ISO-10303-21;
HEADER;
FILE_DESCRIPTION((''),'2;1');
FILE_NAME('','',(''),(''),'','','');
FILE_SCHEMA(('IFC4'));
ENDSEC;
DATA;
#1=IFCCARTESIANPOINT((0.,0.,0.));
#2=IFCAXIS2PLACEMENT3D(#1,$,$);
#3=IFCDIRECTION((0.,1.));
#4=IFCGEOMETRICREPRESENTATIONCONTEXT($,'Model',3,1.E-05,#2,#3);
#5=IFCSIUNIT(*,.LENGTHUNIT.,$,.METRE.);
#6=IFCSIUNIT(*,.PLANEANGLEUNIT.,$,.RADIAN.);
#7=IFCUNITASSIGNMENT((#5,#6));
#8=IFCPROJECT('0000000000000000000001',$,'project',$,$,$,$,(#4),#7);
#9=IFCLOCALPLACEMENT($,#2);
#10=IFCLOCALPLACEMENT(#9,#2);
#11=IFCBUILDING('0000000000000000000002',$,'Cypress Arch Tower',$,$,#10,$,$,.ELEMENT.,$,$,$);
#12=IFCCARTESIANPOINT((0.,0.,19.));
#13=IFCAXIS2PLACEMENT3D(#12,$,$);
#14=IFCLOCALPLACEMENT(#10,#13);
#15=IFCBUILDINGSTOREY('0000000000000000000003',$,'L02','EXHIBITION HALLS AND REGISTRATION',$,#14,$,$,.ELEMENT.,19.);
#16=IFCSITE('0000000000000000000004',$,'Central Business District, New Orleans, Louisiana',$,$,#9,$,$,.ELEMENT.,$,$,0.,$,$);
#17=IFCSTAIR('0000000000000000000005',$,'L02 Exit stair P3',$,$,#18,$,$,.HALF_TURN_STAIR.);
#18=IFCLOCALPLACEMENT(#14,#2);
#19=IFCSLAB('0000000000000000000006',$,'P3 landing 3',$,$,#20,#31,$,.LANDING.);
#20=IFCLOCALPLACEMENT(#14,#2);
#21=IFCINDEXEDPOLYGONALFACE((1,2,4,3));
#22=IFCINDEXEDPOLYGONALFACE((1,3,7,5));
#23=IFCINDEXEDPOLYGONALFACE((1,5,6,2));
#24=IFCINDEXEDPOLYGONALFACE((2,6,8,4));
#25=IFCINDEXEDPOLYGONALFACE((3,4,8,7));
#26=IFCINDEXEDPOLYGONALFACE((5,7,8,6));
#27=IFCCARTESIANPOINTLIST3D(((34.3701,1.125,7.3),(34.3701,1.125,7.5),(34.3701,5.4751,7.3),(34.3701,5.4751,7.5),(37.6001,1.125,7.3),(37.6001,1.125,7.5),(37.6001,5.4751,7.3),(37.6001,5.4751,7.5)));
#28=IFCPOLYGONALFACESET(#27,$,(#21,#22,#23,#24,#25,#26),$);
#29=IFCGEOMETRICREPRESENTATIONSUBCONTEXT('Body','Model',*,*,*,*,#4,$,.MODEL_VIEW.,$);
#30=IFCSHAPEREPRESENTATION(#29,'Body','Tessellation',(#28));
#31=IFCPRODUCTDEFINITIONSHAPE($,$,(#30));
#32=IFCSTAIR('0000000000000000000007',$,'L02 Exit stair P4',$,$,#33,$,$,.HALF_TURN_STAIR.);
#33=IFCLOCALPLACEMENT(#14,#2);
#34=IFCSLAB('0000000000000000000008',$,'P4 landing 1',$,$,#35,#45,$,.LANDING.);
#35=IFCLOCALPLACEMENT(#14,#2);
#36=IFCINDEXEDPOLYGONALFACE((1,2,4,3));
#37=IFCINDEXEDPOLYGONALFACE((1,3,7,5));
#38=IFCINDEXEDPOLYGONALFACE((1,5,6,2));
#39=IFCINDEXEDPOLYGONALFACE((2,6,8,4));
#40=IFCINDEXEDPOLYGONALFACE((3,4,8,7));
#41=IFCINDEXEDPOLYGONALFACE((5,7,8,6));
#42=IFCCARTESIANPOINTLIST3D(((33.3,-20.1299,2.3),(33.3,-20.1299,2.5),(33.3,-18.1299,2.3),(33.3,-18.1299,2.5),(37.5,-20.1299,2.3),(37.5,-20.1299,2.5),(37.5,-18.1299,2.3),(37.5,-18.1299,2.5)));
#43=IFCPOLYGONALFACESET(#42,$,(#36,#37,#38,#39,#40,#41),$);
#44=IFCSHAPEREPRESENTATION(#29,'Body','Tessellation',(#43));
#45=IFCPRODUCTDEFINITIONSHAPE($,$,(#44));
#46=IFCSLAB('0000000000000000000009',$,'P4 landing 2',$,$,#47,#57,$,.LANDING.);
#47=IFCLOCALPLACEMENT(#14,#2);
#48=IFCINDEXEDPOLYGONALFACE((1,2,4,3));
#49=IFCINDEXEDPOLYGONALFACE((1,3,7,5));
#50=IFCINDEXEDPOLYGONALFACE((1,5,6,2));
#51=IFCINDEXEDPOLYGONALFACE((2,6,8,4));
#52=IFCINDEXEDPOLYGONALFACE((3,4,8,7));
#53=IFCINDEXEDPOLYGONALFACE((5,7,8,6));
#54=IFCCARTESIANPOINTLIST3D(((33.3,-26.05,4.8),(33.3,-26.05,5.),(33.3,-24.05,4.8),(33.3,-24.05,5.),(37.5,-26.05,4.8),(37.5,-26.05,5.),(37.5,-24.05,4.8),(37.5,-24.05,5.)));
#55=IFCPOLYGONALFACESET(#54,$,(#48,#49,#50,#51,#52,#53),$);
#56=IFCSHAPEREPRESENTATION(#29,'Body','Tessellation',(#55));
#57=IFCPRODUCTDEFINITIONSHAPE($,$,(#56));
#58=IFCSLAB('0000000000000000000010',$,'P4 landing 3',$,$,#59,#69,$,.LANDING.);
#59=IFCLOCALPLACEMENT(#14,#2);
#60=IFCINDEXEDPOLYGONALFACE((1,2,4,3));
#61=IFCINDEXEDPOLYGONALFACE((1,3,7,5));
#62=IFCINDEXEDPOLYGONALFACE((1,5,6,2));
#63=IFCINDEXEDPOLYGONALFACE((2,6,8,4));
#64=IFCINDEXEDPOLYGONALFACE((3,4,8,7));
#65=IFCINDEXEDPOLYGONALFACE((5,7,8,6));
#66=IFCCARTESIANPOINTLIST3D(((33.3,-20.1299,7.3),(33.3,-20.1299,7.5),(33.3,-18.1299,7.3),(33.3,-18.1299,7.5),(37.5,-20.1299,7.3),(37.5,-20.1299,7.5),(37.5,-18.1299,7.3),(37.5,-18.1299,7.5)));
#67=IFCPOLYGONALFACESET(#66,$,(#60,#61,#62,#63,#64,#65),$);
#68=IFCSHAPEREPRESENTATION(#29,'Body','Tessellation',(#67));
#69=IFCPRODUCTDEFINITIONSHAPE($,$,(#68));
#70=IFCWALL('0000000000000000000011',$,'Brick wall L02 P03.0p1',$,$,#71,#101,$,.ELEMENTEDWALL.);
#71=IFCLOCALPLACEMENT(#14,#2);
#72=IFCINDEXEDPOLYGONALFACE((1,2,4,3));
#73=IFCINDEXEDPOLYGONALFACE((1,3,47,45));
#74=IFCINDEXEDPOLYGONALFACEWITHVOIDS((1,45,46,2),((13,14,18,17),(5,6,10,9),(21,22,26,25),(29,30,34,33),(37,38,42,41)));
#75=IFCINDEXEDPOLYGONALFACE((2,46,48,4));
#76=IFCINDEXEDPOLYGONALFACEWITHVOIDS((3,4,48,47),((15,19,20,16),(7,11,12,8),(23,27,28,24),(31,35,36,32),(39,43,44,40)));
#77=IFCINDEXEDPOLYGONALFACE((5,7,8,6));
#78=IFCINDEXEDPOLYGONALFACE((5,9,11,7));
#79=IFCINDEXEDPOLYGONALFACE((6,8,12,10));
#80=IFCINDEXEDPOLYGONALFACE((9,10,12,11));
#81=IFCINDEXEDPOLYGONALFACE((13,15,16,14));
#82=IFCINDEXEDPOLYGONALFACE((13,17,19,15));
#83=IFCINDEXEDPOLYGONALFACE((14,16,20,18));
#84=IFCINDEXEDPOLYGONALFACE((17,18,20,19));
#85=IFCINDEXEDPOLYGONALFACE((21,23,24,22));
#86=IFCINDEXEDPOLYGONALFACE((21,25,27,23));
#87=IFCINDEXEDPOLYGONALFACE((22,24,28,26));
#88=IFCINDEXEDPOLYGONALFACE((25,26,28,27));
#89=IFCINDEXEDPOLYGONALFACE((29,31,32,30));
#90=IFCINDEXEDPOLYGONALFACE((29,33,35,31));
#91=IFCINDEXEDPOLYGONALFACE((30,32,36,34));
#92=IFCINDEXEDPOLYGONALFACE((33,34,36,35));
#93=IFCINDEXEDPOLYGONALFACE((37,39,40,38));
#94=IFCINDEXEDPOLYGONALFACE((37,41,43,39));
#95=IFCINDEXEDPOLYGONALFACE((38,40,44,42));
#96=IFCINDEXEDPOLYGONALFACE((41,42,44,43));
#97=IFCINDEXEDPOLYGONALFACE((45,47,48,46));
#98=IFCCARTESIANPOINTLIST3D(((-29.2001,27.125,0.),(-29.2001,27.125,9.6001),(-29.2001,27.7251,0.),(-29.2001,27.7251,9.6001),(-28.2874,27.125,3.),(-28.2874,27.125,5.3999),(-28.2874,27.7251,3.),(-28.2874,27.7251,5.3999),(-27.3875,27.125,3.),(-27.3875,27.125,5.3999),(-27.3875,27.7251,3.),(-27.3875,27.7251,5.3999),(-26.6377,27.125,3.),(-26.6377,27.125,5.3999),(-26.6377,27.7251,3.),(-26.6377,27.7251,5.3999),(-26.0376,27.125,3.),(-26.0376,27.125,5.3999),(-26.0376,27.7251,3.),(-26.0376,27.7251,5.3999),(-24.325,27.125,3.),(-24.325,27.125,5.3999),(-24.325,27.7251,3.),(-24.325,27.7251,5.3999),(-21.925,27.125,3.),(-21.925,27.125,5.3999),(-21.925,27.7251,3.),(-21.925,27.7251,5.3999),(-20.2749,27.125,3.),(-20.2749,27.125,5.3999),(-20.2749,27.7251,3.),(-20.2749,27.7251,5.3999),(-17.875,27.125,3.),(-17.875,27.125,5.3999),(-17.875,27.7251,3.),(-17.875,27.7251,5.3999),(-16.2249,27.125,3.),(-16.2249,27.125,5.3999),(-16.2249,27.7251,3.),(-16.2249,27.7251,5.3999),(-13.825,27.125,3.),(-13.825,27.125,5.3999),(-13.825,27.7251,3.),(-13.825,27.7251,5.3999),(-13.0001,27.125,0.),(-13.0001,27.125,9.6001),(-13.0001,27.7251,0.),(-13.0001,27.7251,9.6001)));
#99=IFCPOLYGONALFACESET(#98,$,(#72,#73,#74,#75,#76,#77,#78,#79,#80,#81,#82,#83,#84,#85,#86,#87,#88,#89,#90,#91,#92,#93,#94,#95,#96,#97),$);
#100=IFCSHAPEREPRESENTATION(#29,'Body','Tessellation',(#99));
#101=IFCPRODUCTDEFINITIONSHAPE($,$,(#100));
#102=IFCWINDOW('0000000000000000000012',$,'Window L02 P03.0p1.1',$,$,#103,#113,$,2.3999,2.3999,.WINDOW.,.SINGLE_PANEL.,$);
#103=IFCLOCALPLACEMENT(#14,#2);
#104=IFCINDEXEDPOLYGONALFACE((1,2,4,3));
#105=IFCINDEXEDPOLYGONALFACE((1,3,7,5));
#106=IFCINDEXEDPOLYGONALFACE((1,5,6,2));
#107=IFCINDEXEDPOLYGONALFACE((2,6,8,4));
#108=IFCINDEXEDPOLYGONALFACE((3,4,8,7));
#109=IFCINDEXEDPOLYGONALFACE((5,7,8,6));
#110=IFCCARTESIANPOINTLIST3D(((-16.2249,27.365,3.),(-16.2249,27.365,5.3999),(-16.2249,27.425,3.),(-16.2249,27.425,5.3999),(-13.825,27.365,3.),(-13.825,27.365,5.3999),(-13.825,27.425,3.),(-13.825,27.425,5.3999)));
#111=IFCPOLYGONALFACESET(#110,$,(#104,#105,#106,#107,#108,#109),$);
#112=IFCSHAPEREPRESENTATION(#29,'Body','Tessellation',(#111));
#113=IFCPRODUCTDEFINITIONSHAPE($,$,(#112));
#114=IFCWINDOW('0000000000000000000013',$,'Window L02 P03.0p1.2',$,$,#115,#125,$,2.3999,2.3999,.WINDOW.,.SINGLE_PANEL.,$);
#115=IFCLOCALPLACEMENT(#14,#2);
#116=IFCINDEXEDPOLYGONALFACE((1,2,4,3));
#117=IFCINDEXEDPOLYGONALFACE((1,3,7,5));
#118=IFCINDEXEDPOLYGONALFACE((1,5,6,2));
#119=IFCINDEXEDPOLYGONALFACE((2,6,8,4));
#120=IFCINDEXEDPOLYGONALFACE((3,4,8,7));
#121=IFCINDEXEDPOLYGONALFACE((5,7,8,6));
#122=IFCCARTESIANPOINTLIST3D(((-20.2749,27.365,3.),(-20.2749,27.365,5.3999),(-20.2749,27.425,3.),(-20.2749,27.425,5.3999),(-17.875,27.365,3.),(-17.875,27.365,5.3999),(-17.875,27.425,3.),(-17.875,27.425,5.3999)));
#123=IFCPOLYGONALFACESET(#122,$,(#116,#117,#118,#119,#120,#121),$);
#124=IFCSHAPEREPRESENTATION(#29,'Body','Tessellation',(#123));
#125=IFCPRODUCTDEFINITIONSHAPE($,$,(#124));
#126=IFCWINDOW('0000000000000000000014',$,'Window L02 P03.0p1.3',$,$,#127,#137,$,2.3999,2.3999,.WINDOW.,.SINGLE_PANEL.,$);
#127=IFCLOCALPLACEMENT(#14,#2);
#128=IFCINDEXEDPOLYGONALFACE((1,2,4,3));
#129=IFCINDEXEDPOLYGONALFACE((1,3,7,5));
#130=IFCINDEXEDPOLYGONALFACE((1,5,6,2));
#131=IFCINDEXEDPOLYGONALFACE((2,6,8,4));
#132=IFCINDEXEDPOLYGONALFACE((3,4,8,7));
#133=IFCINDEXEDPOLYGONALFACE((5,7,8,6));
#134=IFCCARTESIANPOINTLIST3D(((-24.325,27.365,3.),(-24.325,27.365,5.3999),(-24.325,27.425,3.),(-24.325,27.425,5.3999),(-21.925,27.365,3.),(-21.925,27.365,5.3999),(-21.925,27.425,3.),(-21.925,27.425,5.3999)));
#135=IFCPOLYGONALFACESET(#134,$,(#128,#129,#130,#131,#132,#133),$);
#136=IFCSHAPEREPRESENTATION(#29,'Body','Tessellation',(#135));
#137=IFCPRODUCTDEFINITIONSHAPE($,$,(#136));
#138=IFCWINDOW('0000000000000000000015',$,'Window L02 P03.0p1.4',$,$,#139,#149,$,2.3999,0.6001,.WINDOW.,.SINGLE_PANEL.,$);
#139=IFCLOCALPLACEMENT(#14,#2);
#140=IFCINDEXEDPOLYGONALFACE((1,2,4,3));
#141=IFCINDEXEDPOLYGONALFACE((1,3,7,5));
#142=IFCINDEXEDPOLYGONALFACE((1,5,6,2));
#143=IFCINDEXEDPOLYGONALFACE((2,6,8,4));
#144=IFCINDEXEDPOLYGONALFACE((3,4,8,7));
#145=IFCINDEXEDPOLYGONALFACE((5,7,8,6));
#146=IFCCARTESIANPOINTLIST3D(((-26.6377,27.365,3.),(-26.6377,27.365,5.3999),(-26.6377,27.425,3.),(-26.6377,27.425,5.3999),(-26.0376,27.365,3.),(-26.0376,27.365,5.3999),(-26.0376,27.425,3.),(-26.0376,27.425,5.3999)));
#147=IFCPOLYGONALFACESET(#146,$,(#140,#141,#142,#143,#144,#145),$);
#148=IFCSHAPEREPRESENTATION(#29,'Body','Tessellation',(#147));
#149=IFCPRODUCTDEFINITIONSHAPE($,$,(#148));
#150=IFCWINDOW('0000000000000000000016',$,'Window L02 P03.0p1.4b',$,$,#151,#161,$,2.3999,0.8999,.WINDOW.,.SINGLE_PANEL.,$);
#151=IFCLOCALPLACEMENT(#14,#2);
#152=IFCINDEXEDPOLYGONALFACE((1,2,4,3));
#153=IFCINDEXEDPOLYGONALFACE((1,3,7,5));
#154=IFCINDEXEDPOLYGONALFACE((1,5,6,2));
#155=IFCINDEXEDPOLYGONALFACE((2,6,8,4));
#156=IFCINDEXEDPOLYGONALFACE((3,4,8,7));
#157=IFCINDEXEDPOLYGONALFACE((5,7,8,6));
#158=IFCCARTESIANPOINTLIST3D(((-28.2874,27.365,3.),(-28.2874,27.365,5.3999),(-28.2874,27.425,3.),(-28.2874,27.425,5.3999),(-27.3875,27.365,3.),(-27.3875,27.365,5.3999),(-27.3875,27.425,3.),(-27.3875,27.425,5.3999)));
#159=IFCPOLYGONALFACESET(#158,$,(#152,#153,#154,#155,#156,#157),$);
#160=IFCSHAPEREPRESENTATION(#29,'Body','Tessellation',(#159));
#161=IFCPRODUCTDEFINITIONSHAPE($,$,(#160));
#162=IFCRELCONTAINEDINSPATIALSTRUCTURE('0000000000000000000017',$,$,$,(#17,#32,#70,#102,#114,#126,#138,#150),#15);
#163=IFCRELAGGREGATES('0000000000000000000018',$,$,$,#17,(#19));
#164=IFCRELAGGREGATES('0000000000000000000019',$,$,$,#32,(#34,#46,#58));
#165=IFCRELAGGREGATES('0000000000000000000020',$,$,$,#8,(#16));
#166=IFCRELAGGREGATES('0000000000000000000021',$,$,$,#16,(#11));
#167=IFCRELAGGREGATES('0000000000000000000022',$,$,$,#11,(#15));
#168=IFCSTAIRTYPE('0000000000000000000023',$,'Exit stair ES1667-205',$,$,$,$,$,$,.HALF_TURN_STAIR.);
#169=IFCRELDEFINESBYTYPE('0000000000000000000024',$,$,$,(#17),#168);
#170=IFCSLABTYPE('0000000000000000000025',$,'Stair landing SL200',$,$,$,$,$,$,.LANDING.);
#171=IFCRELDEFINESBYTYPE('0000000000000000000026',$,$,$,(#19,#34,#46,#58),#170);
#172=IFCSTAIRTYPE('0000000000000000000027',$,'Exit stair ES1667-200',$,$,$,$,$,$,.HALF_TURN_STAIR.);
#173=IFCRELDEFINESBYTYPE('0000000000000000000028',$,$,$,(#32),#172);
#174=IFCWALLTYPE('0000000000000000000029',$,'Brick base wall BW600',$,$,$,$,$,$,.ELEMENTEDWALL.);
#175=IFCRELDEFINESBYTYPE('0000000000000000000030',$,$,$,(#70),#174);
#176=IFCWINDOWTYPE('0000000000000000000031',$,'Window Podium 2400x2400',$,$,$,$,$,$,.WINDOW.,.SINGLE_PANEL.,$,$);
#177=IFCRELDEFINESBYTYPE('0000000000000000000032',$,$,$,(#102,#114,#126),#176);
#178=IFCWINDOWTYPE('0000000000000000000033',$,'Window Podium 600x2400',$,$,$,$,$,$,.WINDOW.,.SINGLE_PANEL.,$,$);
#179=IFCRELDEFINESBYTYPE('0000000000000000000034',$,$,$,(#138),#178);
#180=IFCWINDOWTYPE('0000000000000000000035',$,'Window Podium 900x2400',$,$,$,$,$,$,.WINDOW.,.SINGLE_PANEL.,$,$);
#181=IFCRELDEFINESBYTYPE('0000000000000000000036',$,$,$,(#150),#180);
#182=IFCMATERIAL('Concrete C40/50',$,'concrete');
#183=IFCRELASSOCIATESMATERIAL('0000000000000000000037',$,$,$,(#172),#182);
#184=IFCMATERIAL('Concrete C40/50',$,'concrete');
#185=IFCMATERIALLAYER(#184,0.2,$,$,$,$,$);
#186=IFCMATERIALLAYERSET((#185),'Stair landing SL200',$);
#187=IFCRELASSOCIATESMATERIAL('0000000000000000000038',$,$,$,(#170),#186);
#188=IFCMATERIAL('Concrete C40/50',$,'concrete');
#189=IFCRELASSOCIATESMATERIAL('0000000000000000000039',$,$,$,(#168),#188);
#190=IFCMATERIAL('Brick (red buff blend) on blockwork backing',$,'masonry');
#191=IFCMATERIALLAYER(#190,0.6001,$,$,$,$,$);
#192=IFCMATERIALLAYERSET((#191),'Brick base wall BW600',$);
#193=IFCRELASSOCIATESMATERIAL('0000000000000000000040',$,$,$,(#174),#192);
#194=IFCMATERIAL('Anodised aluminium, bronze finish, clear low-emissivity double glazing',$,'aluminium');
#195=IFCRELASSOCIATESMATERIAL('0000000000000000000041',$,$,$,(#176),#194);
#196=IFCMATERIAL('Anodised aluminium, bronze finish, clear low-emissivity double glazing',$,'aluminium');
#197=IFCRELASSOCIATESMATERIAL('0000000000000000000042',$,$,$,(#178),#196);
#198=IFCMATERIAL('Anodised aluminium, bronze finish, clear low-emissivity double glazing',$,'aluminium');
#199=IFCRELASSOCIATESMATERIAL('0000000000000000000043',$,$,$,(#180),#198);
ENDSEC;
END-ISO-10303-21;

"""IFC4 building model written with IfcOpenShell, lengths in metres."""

from ifc_helpers import new_model, si_unit, direction, frame, frame_2d, origin, place, context, subcontext, project, spatial, polyline, rectangle, outline, extrude, material, layer, layer_set, type_object, element, fill, aggregate, save


model = new_model("IFC4")

# Units and contexts
model_context = context("Model", 3, precision=1e-05, world=origin(), true_north=direction((0.0, 1.0)))
body_context = subcontext(model_context, "Body", "Model", "MODEL_VIEW")
ifc_project = project(units=[si_unit("LENGTHUNIT", "METRE"), si_unit("PLANEANGLEUNIT", "RADIAN")], contexts=[model_context])

# Site, building, storey
site_placement = place(None, origin())
site = spatial("IfcSite", under=ifc_project, at=site_placement, Name="Central Business District, New Orleans, Louisiana", CompositionType="ELEMENT", RefElevation=0.0)
building_placement = place(site_placement, origin())
building = spatial("IfcBuilding", under=site, at=building_placement, Name="Cypress Arch Tower", CompositionType="ELEMENT")
storey_placement = place(building_placement, frame((0.0, 0.0, 19.0)))
storey = spatial("IfcBuildingStorey", under=building, at=storey_placement, Name="L02", Description="EXHIBITION HALLS AND REGISTRATION", CompositionType="ELEMENT", Elevation=19.0)

# Stairs, slabs
ifc_material_1 = material(Name="Concrete C40/50", Category="concrete")
stair_type_1 = type_object("IfcStairType", Name="Exit stair ES1667-200", PredefinedType="HALF_TURN_STAIR", material=ifc_material_1)
ifc_material_2 = material(Name="Concrete C40/50", Category="concrete")
ifc_layer_1 = layer(ifc_material_2, 0.2)
ifc_layer_set_1 = layer_set([ifc_layer_1], Name="Stair landing SL200")
slab_type_1 = type_object("IfcSlabType", Name="Stair landing SL200", PredefinedType="LANDING", material=ifc_layer_set_1)
ifc_material_3 = material(Name="Concrete C40/50", Category="concrete")
stair_type_2 = type_object("IfcStairType", Name="Exit stair ES1667-205", PredefinedType="HALF_TURN_STAIR", material=ifc_material_3)
stair_1_placement = place(storey_placement, origin())
stair_1 = element("IfcStair", 1, at=stair_1_placement, inside=storey, type_object=stair_type_2, Name="L02 Exit stair P3", PredefinedType="HALF_TURN_STAIR")
slab_1_placement = place(storey_placement, frame((0.0, 0.0, 7.3)))
slab_1 = element("IfcSlab", 2, at=slab_1_placement, type_object=slab_type_1, Name="P3 landing 3", PredefinedType="LANDING", context=body_context, shape_type="SweptSolid", body=[
    extrude(outline(polyline([(34.3701, 1.125), (37.6001, 1.125), (37.6001, 5.4751), (34.3701, 5.4751), (34.3701, 1.125)])), origin(), (0.0, 0.0, 1.0), 0.2),
])
aggregate(stair_1, [slab_1])
stair_2_placement = place(storey_placement, origin())
stair_2 = element("IfcStair", 3, at=stair_2_placement, inside=storey, type_object=stair_type_1, Name="L02 Exit stair P4", PredefinedType="HALF_TURN_STAIR")
slab_2_placement = place(storey_placement, frame((0.0, 0.0, 2.3)))
slab_2 = element("IfcSlab", 4, at=slab_2_placement, type_object=slab_type_1, Name="P4 landing 1", PredefinedType="LANDING", context=body_context, shape_type="SweptSolid", body=[
    extrude(outline(polyline([(37.5, -20.1299), (37.5, -18.1299), (33.3, -18.1299), (33.3, -20.1299), (37.5, -20.1299)])), origin(), (0.0, 0.0, 1.0), 0.2),
])
slab_3_placement = place(storey_placement, frame((0.0, 0.0, 4.8)))
slab_3 = element("IfcSlab", 5, at=slab_3_placement, type_object=slab_type_1, Name="P4 landing 2", PredefinedType="LANDING", context=body_context, shape_type="SweptSolid", body=[
    extrude(outline(polyline([(37.5, -26.05), (37.5, -24.05), (33.3, -24.05), (33.3, -26.05), (37.5, -26.05)])), origin(), (0.0, 0.0, 1.0), 0.2),
])
slab_4_placement = place(storey_placement, frame((0.0, 0.0, 7.3)))
slab_4 = element("IfcSlab", 6, at=slab_4_placement, type_object=slab_type_1, Name="P4 landing 3", PredefinedType="LANDING", context=body_context, shape_type="SweptSolid", body=[
    extrude(outline(polyline([(37.5, -20.1299), (37.5, -18.1299), (33.3, -18.1299), (33.3, -20.1299), (37.5, -20.1299)])), origin(), (0.0, 0.0, 1.0), 0.2),
])
aggregate(stair_2, [slab_2, slab_3, slab_4])

# Wall, openings, windows
ifc_material_4 = material(Name="Brick (red buff blend) on blockwork backing", Category="masonry")
ifc_layer_2 = layer(ifc_material_4, 0.6001)
ifc_layer_set_2 = layer_set([ifc_layer_2], Name="Brick base wall BW600")
wall_type_1 = type_object("IfcWallType", Name="Brick base wall BW600", PredefinedType="ELEMENTEDWALL", material=ifc_layer_set_2)
wall_1_placement = place(storey_placement, frame((-13.0, 27.425, 0.0), z_axis=(0.0, 0.0, 1.0), x_axis=(-1.0, 0.0, 0.0)))
wall_1 = element("IfcWall", 7, at=wall_1_placement, inside=storey, type_object=wall_type_1, Name="Brick wall L02 P03.0p1", PredefinedType="ELEMENTEDWALL", context=body_context, shape_type="SweptSolid", body=[
    extrude(rectangle(XDim=16.2, YDim=0.6001, at=frame_2d((8.1001, 0.0))), origin(), (0.0, 0.0, 1.0), 9.6001),
])
opening_1_placement = place(wall_1_placement, frame((0.825, 0.0, 3.0)))
opening_1 = element("IfcOpeningElement", 8, at=opening_1_placement, cuts=wall_1, PredefinedType="OPENING", context=body_context, shape_type="SweptSolid", body=[
    extrude(rectangle(XDim=2.3999, YDim=2.3999, at=frame_2d((1.2, 1.2))), frame((0.0, 0.3101, 0.0), z_axis=(0.0, -1.0, 0.0), x_axis=(1.0, 0.0, 0.0)), (0.0, 0.0, 1.0), 0.6201),
])
opening_2_placement = place(wall_1_placement, frame((4.875, 0.0, 3.0)))
opening_2 = element("IfcOpeningElement", 9, at=opening_2_placement, cuts=wall_1, PredefinedType="OPENING", context=body_context, shape_type="SweptSolid", body=[
    extrude(rectangle(XDim=2.3999, YDim=2.3999, at=frame_2d((1.2, 1.2))), frame((0.0, 0.3101, 0.0), z_axis=(0.0, -1.0, 0.0), x_axis=(1.0, 0.0, 0.0)), (0.0, 0.0, 1.0), 0.6201),
])
opening_3_placement = place(wall_1_placement, frame((8.925, 0.0, 3.0)))
opening_3 = element("IfcOpeningElement", 10, at=opening_3_placement, cuts=wall_1, PredefinedType="OPENING", context=body_context, shape_type="SweptSolid", body=[
    extrude(rectangle(XDim=2.3999, YDim=2.3999, at=frame_2d((1.2, 1.2))), frame((0.0, 0.3101, 0.0), z_axis=(0.0, -1.0, 0.0), x_axis=(1.0, 0.0, 0.0)), (0.0, 0.0, 1.0), 0.6201),
])
opening_4_placement = place(wall_1_placement, frame((13.0376, 0.0, 3.0)))
opening_4 = element("IfcOpeningElement", 11, at=opening_4_placement, cuts=wall_1, PredefinedType="OPENING", context=body_context, shape_type="SweptSolid", body=[
    extrude(rectangle(XDim=0.6001, YDim=2.3999, at=frame_2d((0.3, 1.2))), frame((0.0, 0.3101, 0.0), z_axis=(0.0, -1.0, 0.0), x_axis=(1.0, 0.0, 0.0)), (0.0, 0.0, 1.0), 0.6201),
])
opening_5_placement = place(wall_1_placement, frame((14.3875, 0.0, 3.0)))
opening_5 = element("IfcOpeningElement", 12, at=opening_5_placement, cuts=wall_1, PredefinedType="OPENING", context=body_context, shape_type="SweptSolid", body=[
    extrude(rectangle(XDim=0.8999, YDim=2.3999, at=frame_2d((0.45, 1.2))), frame((0.0, 0.3101, 0.0), z_axis=(0.0, -1.0, 0.0), x_axis=(1.0, 0.0, 0.0)), (0.0, 0.0, 1.0), 0.6201),
])
ifc_material_5 = material(Name="Anodised aluminium, bronze finish, clear low-emissivity double glazing", Category="aluminium")
window_type_1 = type_object("IfcWindowType", Name="Window Podium 2400x2400", PartitioningType="SINGLE_PANEL", PredefinedType="WINDOW", material=ifc_material_5)
window_1_placement = place(opening_1_placement, origin())
window_1 = element("IfcWindow", 13, at=window_1_placement, inside=storey, type_object=window_type_1, Name="Window L02 P03.0p1.1", OverallHeight=2.3999, OverallWidth=2.3999, PartitioningType="SINGLE_PANEL", PredefinedType="WINDOW", context=body_context, shape_type="SweptSolid", body=[
    extrude(rectangle(XDim=2.3999, YDim=2.3999, at=frame_2d((1.2, 1.2))), frame((0.0, 0.0601, 0.0), z_axis=(0.0, -1.0, 0.0), x_axis=(1.0, 0.0, 0.0)), (0.0, 0.0, 1.0), 0.0601),
])
fill(opening_1, window_1)
window_2_placement = place(opening_2_placement, origin())
window_2 = element("IfcWindow", 14, at=window_2_placement, inside=storey, type_object=window_type_1, Name="Window L02 P03.0p1.2", OverallHeight=2.3999, OverallWidth=2.3999, PartitioningType="SINGLE_PANEL", PredefinedType="WINDOW", context=body_context, shape_type="SweptSolid", body=[
    extrude(rectangle(XDim=2.3999, YDim=2.3999, at=frame_2d((1.2, 1.2))), frame((0.0, 0.0601, 0.0), z_axis=(0.0, -1.0, 0.0), x_axis=(1.0, 0.0, 0.0)), (0.0, 0.0, 1.0), 0.0601),
])
fill(opening_2, window_2)
window_3_placement = place(opening_3_placement, origin())
window_3 = element("IfcWindow", 15, at=window_3_placement, inside=storey, type_object=window_type_1, Name="Window L02 P03.0p1.3", OverallHeight=2.3999, OverallWidth=2.3999, PartitioningType="SINGLE_PANEL", PredefinedType="WINDOW", context=body_context, shape_type="SweptSolid", body=[
    extrude(rectangle(XDim=2.3999, YDim=2.3999, at=frame_2d((1.2, 1.2))), frame((0.0, 0.0601, 0.0), z_axis=(0.0, -1.0, 0.0), x_axis=(1.0, 0.0, 0.0)), (0.0, 0.0, 1.0), 0.0601),
])
fill(opening_3, window_3)
ifc_material_6 = material(Name="Anodised aluminium, bronze finish, clear low-emissivity double glazing", Category="aluminium")
window_type_2 = type_object("IfcWindowType", Name="Window Podium 600x2400", PartitioningType="SINGLE_PANEL", PredefinedType="WINDOW", material=ifc_material_6)
window_4_placement = place(opening_4_placement, origin())
window_4 = element("IfcWindow", 16, at=window_4_placement, inside=storey, type_object=window_type_2, Name="Window L02 P03.0p1.4", OverallHeight=2.3999, OverallWidth=0.6001, PartitioningType="SINGLE_PANEL", PredefinedType="WINDOW", context=body_context, shape_type="SweptSolid", body=[
    extrude(rectangle(XDim=0.6001, YDim=2.3999, at=frame_2d((0.3, 1.2))), frame((0.0, 0.0601, 0.0), z_axis=(0.0, -1.0, 0.0), x_axis=(1.0, 0.0, 0.0)), (0.0, 0.0, 1.0), 0.0601),
])
fill(opening_4, window_4)
ifc_material_7 = material(Name="Anodised aluminium, bronze finish, clear low-emissivity double glazing", Category="aluminium")
window_type_3 = type_object("IfcWindowType", Name="Window Podium 900x2400", PartitioningType="SINGLE_PANEL", PredefinedType="WINDOW", material=ifc_material_7)
window_5_placement = place(opening_5_placement, origin())
window_5 = element("IfcWindow", 17, at=window_5_placement, inside=storey, type_object=window_type_3, Name="Window L02 P03.0p1.4b", OverallHeight=2.3999, OverallWidth=0.8999, PartitioningType="SINGLE_PANEL", PredefinedType="WINDOW", context=body_context, shape_type="SweptSolid", body=[
    extrude(rectangle(XDim=0.8999, YDim=2.3999, at=frame_2d((0.45, 1.2))), frame((0.0, 0.0601, 0.0), z_axis=(0.0, -1.0, 0.0), x_axis=(1.0, 0.0, 0.0)), (0.0, 0.0, 1.0), 0.0601),
])
fill(opening_5, window_5)

save(model, "model.ifc")
